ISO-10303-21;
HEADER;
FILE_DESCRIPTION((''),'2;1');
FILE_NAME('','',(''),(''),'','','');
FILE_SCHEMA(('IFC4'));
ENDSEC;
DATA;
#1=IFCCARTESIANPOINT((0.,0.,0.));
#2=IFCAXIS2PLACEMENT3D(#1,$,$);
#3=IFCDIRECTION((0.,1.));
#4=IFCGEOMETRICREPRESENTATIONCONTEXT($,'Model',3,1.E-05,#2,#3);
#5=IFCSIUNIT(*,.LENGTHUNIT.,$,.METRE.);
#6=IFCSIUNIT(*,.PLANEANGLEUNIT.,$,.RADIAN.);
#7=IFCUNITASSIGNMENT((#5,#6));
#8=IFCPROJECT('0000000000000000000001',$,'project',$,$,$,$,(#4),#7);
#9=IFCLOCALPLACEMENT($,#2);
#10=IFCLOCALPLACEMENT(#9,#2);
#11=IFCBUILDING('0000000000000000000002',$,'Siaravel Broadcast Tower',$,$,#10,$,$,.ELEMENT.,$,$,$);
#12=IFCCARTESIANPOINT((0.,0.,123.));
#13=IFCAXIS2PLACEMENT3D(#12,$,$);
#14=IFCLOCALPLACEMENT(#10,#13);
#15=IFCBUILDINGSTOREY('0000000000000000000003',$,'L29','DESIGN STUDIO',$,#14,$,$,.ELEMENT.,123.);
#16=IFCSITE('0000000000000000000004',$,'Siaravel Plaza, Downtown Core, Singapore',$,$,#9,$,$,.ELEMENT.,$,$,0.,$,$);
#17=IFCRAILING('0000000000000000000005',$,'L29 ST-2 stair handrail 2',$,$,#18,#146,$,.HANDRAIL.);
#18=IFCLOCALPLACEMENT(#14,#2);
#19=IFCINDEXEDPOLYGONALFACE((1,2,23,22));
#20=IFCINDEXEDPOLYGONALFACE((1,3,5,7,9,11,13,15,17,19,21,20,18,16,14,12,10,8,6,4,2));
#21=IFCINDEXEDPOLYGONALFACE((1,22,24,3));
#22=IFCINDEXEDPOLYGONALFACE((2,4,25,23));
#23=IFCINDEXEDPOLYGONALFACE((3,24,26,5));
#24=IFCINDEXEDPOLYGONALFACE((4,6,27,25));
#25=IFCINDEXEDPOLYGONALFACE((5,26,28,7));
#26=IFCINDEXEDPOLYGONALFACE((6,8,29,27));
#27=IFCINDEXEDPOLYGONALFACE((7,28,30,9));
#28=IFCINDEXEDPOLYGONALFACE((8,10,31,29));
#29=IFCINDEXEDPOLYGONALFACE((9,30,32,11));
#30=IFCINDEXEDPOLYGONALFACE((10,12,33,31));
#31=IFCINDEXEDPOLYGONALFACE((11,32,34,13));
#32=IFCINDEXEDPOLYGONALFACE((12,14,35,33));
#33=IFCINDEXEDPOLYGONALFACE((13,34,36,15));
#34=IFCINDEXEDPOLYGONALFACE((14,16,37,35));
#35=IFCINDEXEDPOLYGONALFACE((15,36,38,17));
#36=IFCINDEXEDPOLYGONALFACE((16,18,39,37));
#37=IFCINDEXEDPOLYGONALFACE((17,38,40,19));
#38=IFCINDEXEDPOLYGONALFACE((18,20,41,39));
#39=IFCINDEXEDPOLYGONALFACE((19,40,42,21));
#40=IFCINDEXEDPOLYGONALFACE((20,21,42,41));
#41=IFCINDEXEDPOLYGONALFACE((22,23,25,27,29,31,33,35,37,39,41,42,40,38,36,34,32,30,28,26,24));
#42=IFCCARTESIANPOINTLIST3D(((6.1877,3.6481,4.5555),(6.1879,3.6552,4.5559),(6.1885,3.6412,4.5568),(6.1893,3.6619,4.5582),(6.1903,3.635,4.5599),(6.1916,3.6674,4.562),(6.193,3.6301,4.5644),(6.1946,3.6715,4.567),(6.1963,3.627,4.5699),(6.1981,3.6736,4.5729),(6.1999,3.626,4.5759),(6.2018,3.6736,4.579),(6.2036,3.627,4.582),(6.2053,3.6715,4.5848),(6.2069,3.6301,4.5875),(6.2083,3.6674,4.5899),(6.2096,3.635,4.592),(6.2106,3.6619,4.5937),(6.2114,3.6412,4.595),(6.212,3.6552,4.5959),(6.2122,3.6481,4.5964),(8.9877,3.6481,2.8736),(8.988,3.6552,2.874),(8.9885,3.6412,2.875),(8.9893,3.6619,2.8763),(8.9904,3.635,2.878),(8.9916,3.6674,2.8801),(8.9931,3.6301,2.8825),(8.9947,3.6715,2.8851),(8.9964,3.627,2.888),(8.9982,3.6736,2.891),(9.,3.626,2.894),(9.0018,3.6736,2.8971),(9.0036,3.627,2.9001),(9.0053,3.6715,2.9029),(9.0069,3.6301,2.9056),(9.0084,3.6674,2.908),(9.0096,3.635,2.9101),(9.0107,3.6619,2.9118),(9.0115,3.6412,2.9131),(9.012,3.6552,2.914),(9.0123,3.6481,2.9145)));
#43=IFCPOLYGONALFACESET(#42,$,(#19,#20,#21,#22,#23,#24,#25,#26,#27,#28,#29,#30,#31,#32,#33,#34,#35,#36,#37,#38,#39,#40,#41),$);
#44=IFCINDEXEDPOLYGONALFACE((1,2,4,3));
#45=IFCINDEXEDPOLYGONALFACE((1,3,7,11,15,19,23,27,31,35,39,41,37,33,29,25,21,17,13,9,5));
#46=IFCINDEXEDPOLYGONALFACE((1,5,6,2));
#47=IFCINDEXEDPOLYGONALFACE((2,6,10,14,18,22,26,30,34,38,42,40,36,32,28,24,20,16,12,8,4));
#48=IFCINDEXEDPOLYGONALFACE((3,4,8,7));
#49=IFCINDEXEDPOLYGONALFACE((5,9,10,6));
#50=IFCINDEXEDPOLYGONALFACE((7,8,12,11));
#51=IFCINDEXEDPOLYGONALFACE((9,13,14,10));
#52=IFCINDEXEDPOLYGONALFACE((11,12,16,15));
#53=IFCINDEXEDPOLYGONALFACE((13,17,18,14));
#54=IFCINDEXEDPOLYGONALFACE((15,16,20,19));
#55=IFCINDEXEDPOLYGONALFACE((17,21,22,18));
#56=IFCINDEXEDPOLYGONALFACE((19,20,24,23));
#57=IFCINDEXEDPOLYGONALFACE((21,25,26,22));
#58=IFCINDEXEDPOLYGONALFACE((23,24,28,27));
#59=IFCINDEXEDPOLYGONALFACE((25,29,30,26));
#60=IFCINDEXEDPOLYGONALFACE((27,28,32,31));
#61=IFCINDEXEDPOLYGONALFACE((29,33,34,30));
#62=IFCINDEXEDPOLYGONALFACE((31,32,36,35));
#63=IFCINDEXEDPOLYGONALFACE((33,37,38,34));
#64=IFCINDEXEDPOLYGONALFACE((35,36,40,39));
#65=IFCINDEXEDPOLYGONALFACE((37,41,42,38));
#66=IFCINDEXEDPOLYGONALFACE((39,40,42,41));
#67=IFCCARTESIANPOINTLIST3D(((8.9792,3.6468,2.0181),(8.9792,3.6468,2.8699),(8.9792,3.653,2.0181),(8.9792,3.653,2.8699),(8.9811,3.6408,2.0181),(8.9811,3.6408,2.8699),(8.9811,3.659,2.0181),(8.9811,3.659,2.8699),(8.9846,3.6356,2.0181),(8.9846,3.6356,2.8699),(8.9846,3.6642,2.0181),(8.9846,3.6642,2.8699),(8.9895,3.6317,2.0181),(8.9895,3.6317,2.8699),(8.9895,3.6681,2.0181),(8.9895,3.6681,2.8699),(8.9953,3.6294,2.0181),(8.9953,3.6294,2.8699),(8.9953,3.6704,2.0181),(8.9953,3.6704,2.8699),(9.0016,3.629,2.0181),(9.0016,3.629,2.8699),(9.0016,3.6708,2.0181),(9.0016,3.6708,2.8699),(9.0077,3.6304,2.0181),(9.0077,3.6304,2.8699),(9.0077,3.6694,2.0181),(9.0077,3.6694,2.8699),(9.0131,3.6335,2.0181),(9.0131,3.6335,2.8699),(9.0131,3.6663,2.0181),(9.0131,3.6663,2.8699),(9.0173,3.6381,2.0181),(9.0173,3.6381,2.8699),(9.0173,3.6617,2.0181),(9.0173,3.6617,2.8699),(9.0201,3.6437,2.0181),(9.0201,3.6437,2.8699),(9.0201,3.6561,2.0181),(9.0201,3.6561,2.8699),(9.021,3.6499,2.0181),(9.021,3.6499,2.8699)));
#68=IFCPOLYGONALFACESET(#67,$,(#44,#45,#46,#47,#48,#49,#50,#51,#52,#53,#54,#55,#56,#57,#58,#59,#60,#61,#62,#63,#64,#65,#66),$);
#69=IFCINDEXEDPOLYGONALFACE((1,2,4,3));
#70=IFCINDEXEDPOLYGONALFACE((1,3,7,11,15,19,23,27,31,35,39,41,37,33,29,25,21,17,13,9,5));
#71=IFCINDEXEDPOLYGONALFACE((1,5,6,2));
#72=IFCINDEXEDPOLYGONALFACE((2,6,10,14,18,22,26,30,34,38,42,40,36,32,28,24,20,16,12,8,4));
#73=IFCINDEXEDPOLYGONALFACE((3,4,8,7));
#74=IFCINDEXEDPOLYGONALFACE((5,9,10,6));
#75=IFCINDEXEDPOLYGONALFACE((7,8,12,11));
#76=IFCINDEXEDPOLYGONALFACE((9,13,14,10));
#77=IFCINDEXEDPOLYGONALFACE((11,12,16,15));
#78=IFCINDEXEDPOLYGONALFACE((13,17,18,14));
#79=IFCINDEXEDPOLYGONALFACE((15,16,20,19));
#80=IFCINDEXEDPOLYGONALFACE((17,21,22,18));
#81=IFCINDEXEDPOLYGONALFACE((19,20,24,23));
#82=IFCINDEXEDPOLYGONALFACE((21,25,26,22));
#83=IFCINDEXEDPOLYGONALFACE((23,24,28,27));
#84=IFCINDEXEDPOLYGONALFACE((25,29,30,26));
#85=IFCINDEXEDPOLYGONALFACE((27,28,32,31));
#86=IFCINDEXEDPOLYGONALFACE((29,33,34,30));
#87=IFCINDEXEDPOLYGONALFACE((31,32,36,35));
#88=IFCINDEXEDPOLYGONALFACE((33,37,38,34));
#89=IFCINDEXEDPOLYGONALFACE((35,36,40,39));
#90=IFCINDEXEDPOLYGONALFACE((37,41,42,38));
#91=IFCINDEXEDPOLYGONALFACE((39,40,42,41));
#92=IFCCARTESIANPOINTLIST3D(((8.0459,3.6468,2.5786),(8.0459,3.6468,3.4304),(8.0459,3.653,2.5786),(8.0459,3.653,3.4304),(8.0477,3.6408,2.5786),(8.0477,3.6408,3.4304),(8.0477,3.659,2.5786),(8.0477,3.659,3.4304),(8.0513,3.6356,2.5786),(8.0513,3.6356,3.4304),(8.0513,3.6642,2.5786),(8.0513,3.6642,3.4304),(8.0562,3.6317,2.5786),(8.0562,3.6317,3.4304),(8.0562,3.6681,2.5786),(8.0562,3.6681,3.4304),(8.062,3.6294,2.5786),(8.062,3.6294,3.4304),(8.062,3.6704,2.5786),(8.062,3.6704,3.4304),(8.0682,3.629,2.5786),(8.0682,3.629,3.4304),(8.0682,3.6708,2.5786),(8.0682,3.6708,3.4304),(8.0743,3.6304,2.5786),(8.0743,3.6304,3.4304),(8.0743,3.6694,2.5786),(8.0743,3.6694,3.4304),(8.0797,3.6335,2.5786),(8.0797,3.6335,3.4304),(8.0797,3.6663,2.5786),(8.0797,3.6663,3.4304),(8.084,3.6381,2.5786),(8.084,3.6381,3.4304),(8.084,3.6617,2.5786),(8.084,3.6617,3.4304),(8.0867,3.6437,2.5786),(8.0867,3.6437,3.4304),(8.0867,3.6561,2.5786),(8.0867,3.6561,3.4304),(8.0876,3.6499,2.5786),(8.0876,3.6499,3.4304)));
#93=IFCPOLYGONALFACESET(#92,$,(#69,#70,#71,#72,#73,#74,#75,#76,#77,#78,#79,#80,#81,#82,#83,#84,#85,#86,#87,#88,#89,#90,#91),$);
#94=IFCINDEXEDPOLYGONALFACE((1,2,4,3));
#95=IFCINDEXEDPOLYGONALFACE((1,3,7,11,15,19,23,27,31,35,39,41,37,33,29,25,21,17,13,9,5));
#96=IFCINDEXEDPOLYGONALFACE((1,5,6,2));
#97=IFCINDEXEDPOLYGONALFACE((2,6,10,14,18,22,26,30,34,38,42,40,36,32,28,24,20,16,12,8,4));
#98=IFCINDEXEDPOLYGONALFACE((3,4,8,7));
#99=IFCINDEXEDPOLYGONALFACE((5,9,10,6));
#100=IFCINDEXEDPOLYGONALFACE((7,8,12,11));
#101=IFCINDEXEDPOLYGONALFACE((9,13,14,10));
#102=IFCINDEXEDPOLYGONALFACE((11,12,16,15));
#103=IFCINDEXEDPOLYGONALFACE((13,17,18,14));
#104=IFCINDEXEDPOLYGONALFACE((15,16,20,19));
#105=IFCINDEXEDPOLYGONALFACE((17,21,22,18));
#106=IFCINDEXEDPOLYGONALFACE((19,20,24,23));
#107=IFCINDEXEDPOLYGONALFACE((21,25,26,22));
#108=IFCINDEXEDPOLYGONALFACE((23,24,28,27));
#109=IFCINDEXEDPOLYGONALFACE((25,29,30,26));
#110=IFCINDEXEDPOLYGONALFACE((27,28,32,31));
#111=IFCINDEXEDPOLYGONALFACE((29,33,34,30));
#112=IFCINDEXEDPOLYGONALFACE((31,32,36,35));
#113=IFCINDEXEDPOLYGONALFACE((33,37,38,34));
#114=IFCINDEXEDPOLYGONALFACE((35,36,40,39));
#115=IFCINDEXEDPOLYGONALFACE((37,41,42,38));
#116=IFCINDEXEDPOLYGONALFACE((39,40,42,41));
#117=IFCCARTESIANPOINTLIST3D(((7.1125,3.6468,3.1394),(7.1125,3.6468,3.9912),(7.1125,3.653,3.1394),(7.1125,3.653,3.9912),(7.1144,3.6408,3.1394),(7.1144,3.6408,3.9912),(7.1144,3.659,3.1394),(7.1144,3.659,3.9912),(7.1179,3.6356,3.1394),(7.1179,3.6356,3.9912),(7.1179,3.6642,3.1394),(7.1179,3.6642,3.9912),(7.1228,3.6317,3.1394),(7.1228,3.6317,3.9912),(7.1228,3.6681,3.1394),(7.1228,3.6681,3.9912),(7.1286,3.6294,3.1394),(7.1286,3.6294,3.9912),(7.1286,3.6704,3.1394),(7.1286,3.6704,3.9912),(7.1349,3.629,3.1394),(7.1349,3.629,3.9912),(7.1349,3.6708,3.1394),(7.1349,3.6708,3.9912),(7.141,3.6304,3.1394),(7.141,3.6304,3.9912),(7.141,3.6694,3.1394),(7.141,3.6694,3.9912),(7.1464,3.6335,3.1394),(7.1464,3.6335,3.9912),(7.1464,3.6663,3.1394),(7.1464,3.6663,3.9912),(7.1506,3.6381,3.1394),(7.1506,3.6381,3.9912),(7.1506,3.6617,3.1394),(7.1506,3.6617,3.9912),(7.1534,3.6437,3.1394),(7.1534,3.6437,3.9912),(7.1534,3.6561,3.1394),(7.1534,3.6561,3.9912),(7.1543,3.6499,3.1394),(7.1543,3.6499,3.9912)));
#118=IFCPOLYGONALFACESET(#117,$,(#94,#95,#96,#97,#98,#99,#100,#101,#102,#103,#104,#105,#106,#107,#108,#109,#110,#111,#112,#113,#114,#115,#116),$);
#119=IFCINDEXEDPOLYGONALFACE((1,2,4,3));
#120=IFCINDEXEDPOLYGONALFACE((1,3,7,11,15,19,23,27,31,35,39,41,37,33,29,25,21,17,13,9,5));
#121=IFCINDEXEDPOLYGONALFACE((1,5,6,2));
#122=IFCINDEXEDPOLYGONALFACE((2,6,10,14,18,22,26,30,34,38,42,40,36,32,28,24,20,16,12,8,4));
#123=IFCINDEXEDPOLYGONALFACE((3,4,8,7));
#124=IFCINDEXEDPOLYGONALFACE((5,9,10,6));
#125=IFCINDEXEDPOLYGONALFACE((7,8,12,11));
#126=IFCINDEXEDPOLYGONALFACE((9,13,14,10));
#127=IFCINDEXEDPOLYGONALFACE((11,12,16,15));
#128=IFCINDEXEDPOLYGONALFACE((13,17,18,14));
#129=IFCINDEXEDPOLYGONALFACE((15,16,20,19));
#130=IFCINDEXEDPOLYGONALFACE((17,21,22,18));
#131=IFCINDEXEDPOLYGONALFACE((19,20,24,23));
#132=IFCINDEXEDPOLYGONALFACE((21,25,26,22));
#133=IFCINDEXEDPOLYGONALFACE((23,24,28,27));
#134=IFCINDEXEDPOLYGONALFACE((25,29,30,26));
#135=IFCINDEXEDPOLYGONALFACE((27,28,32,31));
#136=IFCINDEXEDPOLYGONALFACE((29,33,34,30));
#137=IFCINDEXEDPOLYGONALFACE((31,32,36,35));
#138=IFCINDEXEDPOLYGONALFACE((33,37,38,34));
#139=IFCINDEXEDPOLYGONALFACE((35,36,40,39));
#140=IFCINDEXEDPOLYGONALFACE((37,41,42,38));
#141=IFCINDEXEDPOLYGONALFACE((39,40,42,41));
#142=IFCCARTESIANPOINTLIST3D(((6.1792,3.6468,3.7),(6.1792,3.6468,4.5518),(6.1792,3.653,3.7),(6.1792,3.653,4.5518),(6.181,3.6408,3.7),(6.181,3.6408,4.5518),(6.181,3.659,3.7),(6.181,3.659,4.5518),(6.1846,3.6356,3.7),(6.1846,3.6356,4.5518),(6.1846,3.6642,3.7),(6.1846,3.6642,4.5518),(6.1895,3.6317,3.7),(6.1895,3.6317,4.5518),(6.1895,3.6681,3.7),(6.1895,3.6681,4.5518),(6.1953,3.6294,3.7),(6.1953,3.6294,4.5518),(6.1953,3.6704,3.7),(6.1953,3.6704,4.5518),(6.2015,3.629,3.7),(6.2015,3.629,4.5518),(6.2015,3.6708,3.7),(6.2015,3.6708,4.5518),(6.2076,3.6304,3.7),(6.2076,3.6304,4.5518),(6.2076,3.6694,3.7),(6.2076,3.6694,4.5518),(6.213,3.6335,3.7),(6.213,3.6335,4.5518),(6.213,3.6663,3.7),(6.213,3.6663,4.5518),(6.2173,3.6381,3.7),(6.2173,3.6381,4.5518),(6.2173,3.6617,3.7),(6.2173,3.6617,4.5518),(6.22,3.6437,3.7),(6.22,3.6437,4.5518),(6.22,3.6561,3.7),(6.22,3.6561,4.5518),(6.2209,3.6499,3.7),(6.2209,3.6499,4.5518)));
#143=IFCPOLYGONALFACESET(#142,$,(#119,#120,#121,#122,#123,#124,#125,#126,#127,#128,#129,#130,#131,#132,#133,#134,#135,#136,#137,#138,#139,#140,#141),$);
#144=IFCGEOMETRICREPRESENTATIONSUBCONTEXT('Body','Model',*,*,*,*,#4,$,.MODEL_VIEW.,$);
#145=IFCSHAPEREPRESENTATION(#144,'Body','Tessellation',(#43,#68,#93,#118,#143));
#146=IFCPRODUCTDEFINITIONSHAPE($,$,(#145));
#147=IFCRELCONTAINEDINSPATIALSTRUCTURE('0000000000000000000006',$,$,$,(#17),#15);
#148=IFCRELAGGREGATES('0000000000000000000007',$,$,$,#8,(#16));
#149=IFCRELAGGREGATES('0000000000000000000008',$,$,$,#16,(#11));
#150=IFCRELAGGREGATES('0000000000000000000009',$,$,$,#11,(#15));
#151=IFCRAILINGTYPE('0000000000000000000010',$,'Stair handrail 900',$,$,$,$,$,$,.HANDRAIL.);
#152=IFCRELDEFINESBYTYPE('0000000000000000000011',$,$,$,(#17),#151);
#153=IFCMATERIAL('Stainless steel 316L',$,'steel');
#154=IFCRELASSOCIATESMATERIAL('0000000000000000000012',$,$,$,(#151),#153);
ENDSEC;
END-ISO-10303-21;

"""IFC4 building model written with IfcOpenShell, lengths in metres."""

from ifc_helpers import new_model, si_unit, direction, frame, origin, origin_2d, place, context, subcontext, project, spatial, circle, extrude, material, type_object, element, save


model = new_model("IFC4")

# Units and contexts
model_context = context("Model", 3, precision=1e-05, world=origin(), true_north=direction((0.0, 1.0)))
body_context = subcontext(model_context, "Body", "Model", "MODEL_VIEW")
ifc_project = project(units=[si_unit("LENGTHUNIT", "METRE"), si_unit("PLANEANGLEUNIT", "RADIAN")], contexts=[model_context])

# Site, building, storey
site_placement = place(None, origin())
site = spatial("IfcSite", under=ifc_project, at=site_placement, Name="Siaravel Plaza, Downtown Core, Singapore", CompositionType="ELEMENT", RefElevation=0.0)
building_placement = place(site_placement, origin())
building = spatial("IfcBuilding", under=site, at=building_placement, Name="Siaravel Broadcast Tower", CompositionType="ELEMENT")
storey_placement = place(building_placement, frame((0.0, 0.0, 123.0)))
storey = spatial("IfcBuildingStorey", under=building, at=storey_placement, Name="L29", Description="DESIGN STUDIO", CompositionType="ELEMENT", Elevation=123.0)

# Railing
ifc_material_1 = material(Name="Stainless steel 316L", Category="steel")
railing_type_1 = type_object("IfcRailingType", Name="Stair handrail 900", PredefinedType="HANDRAIL", material=ifc_material_1)
railing_1_placement = place(storey_placement, frame((9.0, 3.6499, 2.0181)))
element("IfcRailing", 1, at=railing_1_placement, inside=storey, type_object=railing_type_1, Name="L29 ST-2 stair handrail 2", PredefinedType="HANDRAIL", context=body_context, shape_type="SweptSolid", body=[
    extrude(circle(Radius=0.0239, at=origin_2d()), frame((0.0, 0.0, 0.876), z_axis=(-0.857242, 0.0, 0.514913), x_axis=(0.0, -1.0, 0.0)), (0.0, 0.0, 1.0), 3.2664),
    extrude(circle(Radius=0.021, at=origin_2d()), origin(), (0.0, 0.0, 1.0), 0.8518),
    extrude(circle(Radius=0.021, at=origin_2d()), frame((-0.9333, 0.0, 0.5605)), (0.0, 0.0, 1.0), 0.8518),
    extrude(circle(Radius=0.021, at=origin_2d()), frame((-1.8667, 0.0, 1.1213)), (0.0, 0.0, 1.0), 0.8518),
    extrude(circle(Radius=0.021, at=origin_2d()), frame((-2.8, 0.0, 1.6819)), (0.0, 0.0, 1.0), 0.8518),
])

save(model, "model.ifc")
